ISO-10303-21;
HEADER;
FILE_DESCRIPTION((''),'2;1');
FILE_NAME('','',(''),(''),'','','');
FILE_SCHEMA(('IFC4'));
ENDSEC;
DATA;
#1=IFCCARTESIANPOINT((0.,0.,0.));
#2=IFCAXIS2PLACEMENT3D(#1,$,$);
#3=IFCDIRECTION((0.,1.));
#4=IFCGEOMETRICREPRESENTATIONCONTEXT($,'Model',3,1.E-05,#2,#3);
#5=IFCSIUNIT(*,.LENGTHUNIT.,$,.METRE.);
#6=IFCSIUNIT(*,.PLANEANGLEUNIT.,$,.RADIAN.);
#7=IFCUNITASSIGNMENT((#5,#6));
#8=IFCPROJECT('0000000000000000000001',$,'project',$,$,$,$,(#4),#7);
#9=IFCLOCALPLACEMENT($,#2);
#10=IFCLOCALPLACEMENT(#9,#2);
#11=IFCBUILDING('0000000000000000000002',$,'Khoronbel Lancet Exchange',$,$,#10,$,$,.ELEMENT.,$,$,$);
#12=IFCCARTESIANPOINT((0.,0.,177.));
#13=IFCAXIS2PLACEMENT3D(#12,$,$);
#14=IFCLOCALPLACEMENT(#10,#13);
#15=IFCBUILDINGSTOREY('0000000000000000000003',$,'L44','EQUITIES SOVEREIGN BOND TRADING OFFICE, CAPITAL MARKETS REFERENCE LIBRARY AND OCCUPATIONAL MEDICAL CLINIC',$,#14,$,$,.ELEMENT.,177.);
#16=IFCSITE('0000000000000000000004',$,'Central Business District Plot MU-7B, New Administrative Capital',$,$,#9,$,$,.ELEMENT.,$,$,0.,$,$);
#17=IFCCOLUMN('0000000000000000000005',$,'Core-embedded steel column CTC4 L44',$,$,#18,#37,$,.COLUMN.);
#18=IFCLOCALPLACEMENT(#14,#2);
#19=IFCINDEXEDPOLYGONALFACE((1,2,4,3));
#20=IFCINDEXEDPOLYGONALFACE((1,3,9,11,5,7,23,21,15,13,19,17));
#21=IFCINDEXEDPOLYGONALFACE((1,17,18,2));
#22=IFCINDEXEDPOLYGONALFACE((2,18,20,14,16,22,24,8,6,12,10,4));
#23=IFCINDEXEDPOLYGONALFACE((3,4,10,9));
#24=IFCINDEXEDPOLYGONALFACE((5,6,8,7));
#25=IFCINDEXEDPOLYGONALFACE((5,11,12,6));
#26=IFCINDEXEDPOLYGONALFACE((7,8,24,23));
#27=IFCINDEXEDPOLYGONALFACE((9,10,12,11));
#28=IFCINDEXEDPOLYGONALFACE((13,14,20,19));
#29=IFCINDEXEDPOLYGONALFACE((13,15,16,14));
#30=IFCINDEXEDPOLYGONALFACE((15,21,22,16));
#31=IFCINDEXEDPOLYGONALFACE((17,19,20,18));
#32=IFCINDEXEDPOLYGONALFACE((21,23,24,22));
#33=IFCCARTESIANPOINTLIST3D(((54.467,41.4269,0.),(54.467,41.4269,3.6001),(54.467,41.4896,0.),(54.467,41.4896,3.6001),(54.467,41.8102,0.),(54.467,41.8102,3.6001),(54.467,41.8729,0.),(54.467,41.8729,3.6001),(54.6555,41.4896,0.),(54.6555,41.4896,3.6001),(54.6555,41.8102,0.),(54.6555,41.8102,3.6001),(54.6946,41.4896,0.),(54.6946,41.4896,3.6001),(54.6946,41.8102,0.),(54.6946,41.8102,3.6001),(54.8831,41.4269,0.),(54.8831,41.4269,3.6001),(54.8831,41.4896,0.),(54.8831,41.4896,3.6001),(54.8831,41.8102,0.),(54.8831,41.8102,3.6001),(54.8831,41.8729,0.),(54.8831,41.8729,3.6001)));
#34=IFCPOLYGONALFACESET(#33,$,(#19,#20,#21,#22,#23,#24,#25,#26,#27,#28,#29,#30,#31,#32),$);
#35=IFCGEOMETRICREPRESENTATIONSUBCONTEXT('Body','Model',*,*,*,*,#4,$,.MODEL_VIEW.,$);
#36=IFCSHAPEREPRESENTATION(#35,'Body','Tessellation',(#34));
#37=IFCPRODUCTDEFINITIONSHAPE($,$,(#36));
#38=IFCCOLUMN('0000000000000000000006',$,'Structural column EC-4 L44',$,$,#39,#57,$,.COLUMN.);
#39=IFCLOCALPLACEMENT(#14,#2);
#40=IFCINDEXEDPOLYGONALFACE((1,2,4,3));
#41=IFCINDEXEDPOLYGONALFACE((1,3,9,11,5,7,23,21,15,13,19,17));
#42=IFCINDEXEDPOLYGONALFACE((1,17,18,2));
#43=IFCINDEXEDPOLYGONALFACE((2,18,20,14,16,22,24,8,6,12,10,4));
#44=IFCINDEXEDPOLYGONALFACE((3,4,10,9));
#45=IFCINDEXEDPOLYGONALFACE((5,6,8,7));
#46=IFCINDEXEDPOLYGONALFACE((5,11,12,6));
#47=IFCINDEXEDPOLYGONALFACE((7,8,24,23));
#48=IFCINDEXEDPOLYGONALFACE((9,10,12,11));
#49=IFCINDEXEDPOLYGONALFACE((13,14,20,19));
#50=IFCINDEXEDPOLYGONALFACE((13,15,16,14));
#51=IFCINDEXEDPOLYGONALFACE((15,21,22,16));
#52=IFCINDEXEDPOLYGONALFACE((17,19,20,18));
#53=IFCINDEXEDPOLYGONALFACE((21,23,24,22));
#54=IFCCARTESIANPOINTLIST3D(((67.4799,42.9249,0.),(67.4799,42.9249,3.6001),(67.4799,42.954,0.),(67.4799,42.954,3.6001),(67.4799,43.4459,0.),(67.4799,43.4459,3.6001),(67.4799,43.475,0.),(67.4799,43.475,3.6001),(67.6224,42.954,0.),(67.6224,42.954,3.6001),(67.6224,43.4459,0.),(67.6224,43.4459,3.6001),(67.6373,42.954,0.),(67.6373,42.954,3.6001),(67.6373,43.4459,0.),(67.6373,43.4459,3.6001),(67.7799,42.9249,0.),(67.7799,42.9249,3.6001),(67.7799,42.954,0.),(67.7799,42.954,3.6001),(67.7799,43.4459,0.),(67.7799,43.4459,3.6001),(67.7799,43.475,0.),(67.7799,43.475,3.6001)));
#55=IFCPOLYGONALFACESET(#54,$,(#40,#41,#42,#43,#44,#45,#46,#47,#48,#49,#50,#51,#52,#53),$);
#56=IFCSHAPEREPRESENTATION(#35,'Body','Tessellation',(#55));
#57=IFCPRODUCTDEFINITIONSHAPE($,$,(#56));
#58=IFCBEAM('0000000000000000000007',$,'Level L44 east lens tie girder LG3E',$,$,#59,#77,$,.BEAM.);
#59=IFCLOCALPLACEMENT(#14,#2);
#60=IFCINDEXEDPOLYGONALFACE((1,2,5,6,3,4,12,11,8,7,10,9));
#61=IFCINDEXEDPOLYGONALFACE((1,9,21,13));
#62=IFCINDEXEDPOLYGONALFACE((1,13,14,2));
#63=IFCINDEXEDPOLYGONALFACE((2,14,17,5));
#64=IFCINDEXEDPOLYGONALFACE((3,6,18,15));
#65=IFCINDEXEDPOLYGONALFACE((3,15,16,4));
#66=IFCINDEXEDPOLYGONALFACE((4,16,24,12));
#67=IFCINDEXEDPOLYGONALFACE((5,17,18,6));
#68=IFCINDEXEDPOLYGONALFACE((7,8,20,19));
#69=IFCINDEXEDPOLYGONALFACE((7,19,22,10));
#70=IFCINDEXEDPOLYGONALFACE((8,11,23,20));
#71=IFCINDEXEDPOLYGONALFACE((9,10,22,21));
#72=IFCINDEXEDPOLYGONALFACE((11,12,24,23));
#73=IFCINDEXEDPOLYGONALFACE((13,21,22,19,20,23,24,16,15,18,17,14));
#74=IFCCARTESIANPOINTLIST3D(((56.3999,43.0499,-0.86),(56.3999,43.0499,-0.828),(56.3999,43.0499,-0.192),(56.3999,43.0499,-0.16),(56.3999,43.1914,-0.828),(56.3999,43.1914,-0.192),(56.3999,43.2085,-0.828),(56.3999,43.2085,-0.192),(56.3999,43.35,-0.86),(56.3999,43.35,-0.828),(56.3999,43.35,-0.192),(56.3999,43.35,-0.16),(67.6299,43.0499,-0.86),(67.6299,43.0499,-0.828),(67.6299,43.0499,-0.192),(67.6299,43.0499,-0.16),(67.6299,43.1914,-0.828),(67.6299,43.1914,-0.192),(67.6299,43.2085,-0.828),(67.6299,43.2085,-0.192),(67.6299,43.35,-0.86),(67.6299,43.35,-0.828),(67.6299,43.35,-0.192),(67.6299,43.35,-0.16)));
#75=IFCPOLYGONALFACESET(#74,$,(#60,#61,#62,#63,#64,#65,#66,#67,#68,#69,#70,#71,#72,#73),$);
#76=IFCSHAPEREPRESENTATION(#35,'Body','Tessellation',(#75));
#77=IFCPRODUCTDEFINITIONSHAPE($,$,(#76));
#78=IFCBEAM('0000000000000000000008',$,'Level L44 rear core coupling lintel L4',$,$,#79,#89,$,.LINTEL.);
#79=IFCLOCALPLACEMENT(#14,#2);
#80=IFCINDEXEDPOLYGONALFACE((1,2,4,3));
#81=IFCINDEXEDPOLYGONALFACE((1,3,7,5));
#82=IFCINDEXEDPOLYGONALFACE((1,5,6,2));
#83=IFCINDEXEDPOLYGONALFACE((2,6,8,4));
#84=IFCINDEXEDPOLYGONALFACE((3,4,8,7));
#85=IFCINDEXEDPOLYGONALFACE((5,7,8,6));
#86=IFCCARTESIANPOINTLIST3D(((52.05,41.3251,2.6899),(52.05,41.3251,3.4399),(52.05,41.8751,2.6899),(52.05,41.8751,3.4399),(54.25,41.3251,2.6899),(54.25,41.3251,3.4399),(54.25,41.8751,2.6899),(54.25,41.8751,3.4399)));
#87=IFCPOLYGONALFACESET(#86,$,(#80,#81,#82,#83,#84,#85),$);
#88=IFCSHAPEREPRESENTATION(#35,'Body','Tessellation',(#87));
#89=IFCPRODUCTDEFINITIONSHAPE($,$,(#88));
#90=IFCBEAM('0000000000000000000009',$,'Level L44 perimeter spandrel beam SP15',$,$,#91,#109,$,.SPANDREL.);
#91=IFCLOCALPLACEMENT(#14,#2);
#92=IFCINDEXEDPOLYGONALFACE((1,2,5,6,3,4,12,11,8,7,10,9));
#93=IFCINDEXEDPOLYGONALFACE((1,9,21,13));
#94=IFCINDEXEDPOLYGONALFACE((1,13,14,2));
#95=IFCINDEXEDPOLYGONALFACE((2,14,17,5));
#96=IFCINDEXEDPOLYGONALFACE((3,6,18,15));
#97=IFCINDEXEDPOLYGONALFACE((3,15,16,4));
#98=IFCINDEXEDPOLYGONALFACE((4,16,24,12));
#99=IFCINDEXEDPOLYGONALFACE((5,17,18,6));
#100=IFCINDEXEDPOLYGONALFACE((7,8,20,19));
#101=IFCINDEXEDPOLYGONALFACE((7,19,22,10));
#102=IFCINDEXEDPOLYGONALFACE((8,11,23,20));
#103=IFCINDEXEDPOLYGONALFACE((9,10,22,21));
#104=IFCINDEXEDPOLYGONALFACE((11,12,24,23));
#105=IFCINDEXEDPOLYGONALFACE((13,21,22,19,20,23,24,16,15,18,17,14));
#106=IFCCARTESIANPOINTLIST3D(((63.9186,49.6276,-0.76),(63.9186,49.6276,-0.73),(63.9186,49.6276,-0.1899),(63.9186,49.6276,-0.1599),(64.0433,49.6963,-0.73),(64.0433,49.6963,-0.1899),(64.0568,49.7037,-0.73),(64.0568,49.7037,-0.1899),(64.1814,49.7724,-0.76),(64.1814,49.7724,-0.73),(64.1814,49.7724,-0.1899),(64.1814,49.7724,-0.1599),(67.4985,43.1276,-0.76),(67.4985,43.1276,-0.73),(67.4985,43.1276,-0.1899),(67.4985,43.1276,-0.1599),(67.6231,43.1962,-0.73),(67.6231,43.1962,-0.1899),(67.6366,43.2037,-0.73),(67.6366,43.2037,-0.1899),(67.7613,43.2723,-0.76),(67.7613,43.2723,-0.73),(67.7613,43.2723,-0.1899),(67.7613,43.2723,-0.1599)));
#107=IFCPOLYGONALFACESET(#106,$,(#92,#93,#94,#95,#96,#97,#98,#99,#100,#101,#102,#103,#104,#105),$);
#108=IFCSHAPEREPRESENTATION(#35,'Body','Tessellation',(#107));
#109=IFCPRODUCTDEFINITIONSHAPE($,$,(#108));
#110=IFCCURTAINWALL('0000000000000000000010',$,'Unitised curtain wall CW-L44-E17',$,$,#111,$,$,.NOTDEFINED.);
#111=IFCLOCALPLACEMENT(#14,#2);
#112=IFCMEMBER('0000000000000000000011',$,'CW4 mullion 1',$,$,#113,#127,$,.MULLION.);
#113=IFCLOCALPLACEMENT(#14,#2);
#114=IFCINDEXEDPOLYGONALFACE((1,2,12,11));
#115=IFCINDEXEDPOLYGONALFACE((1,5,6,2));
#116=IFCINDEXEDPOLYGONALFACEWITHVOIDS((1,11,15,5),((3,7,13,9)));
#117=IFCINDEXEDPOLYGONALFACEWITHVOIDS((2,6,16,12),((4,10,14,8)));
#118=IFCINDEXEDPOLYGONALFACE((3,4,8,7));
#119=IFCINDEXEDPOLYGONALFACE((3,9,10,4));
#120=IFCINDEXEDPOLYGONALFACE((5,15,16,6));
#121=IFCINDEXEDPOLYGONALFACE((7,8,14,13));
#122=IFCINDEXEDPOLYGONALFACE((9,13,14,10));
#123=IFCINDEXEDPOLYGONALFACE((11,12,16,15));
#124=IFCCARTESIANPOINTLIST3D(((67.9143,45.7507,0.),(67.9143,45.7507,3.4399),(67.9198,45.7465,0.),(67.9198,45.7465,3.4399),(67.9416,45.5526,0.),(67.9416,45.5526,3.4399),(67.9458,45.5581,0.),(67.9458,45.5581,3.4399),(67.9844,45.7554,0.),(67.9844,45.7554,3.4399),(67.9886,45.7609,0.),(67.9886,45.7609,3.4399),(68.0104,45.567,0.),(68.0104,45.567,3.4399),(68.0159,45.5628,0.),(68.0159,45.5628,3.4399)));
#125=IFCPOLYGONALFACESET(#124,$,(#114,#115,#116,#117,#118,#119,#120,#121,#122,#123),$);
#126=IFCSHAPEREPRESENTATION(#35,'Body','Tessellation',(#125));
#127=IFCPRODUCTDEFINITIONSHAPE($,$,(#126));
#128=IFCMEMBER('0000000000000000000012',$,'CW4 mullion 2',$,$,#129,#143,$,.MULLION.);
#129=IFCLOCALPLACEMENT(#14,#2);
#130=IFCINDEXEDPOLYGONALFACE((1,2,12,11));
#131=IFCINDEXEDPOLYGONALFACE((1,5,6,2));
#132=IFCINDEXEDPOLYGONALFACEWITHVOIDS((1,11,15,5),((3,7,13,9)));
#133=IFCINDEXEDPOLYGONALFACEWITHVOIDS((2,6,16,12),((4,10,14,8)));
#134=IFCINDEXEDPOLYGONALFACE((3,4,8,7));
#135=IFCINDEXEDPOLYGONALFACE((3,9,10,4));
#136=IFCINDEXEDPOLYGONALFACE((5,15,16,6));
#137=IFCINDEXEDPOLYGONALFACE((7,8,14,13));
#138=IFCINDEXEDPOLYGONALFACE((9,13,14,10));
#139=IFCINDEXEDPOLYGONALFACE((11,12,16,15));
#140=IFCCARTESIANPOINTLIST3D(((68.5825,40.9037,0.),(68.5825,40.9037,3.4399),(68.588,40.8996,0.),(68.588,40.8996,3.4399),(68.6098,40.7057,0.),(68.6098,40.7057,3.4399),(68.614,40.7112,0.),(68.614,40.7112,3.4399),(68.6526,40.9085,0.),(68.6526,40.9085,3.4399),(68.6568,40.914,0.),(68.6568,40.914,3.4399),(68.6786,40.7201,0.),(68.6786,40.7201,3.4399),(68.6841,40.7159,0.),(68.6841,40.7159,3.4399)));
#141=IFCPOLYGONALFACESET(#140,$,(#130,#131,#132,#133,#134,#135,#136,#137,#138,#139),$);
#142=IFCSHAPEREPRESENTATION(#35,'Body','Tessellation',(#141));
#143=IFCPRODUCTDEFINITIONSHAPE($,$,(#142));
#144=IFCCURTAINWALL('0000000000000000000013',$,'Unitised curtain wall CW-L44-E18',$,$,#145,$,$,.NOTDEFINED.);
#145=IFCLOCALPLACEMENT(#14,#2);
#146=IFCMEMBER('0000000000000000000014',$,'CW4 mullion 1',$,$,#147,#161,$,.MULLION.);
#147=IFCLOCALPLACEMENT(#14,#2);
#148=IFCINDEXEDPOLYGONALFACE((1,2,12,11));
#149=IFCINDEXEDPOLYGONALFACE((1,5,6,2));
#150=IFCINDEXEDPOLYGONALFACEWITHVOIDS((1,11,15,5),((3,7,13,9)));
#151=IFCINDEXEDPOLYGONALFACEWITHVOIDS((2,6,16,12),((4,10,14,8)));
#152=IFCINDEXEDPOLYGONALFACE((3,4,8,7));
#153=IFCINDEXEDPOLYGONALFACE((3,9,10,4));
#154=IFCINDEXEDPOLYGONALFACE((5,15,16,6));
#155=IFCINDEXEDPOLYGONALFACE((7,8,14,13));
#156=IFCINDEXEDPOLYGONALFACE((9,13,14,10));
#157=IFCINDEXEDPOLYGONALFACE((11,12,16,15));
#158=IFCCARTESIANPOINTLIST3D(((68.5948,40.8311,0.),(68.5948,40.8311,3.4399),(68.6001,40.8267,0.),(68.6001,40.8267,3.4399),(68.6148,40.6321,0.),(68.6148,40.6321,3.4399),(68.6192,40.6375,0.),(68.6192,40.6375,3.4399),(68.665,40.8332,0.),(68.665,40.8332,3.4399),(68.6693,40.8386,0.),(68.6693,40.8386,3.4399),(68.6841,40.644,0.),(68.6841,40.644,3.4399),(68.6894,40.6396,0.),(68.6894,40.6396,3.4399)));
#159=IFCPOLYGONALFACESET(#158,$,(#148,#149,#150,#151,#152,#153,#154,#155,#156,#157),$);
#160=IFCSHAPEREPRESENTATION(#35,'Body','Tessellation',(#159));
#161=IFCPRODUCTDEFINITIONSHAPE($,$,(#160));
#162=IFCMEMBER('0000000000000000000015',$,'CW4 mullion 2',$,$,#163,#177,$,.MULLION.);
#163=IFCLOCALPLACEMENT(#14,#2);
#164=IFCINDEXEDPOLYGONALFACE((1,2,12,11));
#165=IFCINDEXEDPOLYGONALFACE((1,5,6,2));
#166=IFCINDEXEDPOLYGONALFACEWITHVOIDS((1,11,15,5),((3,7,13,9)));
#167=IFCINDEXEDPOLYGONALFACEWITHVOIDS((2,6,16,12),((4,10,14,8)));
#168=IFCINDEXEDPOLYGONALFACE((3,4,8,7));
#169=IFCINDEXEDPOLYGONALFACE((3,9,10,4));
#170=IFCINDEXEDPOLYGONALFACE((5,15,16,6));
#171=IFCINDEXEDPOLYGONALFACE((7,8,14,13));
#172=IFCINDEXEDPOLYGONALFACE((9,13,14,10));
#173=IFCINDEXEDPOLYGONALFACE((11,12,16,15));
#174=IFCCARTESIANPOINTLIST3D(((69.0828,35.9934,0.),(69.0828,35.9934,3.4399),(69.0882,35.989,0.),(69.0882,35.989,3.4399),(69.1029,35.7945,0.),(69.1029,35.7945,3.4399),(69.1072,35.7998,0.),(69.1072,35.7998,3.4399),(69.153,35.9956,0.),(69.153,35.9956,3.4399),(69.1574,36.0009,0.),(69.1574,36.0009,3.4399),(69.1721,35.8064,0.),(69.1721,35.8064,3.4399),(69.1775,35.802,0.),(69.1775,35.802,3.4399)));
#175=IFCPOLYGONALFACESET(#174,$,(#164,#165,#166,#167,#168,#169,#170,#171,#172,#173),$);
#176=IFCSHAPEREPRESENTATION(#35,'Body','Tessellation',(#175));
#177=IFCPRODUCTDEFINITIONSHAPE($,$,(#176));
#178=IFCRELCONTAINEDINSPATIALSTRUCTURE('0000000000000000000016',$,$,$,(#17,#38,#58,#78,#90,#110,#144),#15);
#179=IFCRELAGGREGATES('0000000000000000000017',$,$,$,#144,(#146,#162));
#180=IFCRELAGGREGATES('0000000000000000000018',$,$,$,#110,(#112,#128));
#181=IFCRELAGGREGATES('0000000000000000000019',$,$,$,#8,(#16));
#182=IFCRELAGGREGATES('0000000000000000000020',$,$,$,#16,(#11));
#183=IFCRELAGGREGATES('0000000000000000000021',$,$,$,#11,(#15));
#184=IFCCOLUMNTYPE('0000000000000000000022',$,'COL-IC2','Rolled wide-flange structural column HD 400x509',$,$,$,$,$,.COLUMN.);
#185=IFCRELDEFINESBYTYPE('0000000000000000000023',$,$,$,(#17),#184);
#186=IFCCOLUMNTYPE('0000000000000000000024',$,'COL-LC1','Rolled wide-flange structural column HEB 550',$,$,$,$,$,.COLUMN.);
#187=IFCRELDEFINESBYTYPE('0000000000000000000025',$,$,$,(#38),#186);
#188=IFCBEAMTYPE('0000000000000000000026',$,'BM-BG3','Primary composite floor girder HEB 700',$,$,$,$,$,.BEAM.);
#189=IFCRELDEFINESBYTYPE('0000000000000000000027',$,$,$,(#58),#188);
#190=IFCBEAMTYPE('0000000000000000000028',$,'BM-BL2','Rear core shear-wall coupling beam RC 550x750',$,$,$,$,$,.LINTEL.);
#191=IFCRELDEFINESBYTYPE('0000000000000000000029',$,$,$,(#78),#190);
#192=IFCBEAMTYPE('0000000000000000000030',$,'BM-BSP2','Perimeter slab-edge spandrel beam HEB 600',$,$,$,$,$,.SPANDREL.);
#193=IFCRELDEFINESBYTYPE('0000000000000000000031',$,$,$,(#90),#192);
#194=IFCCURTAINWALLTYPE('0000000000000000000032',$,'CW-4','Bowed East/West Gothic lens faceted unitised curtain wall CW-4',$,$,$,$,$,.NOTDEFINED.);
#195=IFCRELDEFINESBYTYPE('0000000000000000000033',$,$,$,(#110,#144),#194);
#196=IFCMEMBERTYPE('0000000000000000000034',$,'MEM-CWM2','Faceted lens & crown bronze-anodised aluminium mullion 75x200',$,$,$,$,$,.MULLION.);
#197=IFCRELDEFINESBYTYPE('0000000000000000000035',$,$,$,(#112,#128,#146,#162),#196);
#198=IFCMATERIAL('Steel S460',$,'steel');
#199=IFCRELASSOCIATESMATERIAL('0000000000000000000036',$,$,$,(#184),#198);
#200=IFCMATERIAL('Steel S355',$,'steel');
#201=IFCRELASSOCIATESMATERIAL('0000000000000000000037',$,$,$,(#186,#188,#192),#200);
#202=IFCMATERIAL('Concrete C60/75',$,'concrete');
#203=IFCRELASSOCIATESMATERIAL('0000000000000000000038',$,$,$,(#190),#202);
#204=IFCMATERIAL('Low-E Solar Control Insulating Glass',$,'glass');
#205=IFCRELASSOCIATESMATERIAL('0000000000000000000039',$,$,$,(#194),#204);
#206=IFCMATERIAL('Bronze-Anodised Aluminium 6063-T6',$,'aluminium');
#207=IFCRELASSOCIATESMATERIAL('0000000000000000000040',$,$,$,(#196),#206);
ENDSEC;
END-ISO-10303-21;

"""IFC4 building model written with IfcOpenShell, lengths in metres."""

from ifc_helpers import new_model, si_unit, direction, frame, origin, origin_2d, place, context, subcontext, project, spatial, rectangle, hollow_rectangle, i_section, extrude, material, material_profile, profile_set, type_object, element, aggregate, save


model = new_model("IFC4")

# Units and contexts
model_context = context("Model", 3, precision=1e-05, world=origin(), true_north=direction((0.0, 1.0)))
body_context = subcontext(model_context, "Body", "Model", "MODEL_VIEW")
ifc_project = project(units=[si_unit("LENGTHUNIT", "METRE"), si_unit("PLANEANGLEUNIT", "RADIAN")], contexts=[model_context])

# Site, building, storey
site_placement = place(None, origin())
site = spatial("IfcSite", under=ifc_project, at=site_placement, Name="Central Business District Plot MU-7B, New Administrative Capital", CompositionType="ELEMENT", RefElevation=0.0)
building_placement = place(site_placement, origin())
building = spatial("IfcBuilding", under=site, at=building_placement, Name="Khoronbel Lancet Exchange", CompositionType="ELEMENT")
storey_placement = place(building_placement, frame((0.0, 0.0, 177.0)))
storey = spatial("IfcBuildingStorey", under=building, at=storey_placement, Name="L44", Description="EQUITIES SOVEREIGN BOND TRADING OFFICE, CAPITAL MARKETS REFERENCE LIBRARY AND OCCUPATIONAL MEDICAL CLINIC", CompositionType="ELEMENT", Elevation=177.0)

# Columns
ifc_material_1 = material(Name="Steel S460", Category="steel")
ifc_material_profile_1 = material_profile(ifc_material_1, i_section(OverallWidth=0.416, OverallDepth=0.446, WebThickness=0.0391, FlangeThickness=0.0627, at=origin_2d()), Name="HD 400x509")
ifc_profile_set_1 = profile_set([ifc_material_profile_1], Name="Steel S460")
column_type_1 = type_object("IfcColumnType", Name="COL-IC2", Description="Rolled wide-flange structural column HD 400x509", PredefinedType="COLUMN", material=ifc_profile_set_1)
column_1_placement = place(storey_placement, frame((54.675, 41.6499, 0.0), z_axis=(0.0, 0.0, 1.0), x_axis=(1.0, 0.0, 0.0)))
element("IfcColumn", 1, at=column_1_placement, inside=storey, type_object=column_type_1, Name="Core-embedded steel column CTC4 L44", PredefinedType="COLUMN", context=body_context, shape_type="SweptSolid", body=[
    extrude(i_section(OverallWidth=0.416, OverallDepth=0.446, WebThickness=0.0391, FlangeThickness=0.0627, at=origin_2d()), origin(), (0.0, 0.0, 1.0), 3.6001),
])
ifc_material_2 = material(Name="Steel S355", Category="steel")
ifc_material_profile_2 = material_profile(ifc_material_2, i_section(OverallWidth=0.3, OverallDepth=0.55, WebThickness=0.0149, FlangeThickness=0.0291, at=origin_2d()), Name="HEB 550")
ifc_profile_set_2 = profile_set([ifc_material_profile_2], Name="Steel S355")
column_type_2 = type_object("IfcColumnType", Name="COL-LC1", Description="Rolled wide-flange structural column HEB 550", PredefinedType="COLUMN", material=ifc_profile_set_2)
column_2_placement = place(storey_placement, frame((67.6299, 43.2, 0.0), z_axis=(0.0, 0.0, 1.0), x_axis=(1.0, 0.0, 0.0)))
element("IfcColumn", 2, at=column_2_placement, inside=storey, type_object=column_type_2, Name="Structural column EC-4 L44", PredefinedType="COLUMN", context=body_context, shape_type="SweptSolid", body=[
    extrude(i_section(OverallWidth=0.3, OverallDepth=0.55, WebThickness=0.0149, FlangeThickness=0.0291, at=origin_2d()), origin(), (0.0, 0.0, 1.0), 3.6001),
])

# Beams
ifc_material_profile_3 = material_profile(ifc_material_2, i_section(OverallWidth=0.3, OverallDepth=0.7, WebThickness=0.0171, FlangeThickness=0.032, at=origin_2d()), Name="HEB 700")
ifc_profile_set_3 = profile_set([ifc_material_profile_3], Name="Steel S355")
beam_type_1 = type_object("IfcBeamType", Name="BM-BG3", Description="Primary composite floor girder HEB 700", PredefinedType="BEAM", material=ifc_profile_set_3)
beam_1_placement = place(storey_placement, frame((56.3999, 43.2, -0.51), z_axis=(1.0, 0.0, 0.0), x_axis=(0.0, 1.0, 0.0)))
element("IfcBeam", 3, at=beam_1_placement, inside=storey, type_object=beam_type_1, Name="Level L44 east lens tie girder LG3E", PredefinedType="BEAM", context=body_context, shape_type="SweptSolid", body=[
    extrude(i_section(OverallWidth=0.3, OverallDepth=0.7, WebThickness=0.0171, FlangeThickness=0.032, at=origin_2d()), origin(), (0.0, 0.0, 1.0), 11.23),
])
ifc_material_3 = material(Name="Concrete C60/75", Category="concrete")
ifc_material_profile_4 = material_profile(ifc_material_3, rectangle(XDim=0.55, YDim=0.75, at=origin_2d()), Name="RC 550x750")
ifc_profile_set_4 = profile_set([ifc_material_profile_4], Name="Concrete C60/75")
beam_type_2 = type_object("IfcBeamType", Name="BM-BL2", Description="Rear core shear-wall coupling beam RC 550x750", PredefinedType="LINTEL", material=ifc_profile_set_4)
beam_2_placement = place(storey_placement, frame((52.05, 41.6001, 3.0649), z_axis=(1.0, 0.0, 0.0), x_axis=(0.0, 1.0, 0.0)))
element("IfcBeam", 4, at=beam_2_placement, inside=storey, type_object=beam_type_2, Name="Level L44 rear core coupling lintel L4", PredefinedType="LINTEL", context=body_context, shape_type="SweptSolid", body=[
    extrude(rectangle(XDim=0.55, YDim=0.75, at=origin_2d()), origin(), (0.0, 0.0, 1.0), 2.2),
])
ifc_material_profile_5 = material_profile(ifc_material_2, i_section(OverallWidth=0.3, OverallDepth=0.6001, WebThickness=0.0154, FlangeThickness=0.03, at=origin_2d()), Name="HEB 600")
ifc_profile_set_5 = profile_set([ifc_material_profile_5], Name="Steel S355")
beam_type_3 = type_object("IfcBeamType", Name="BM-BSP2", Description="Perimeter slab-edge spandrel beam HEB 600", PredefinedType="SPANDREL", material=ifc_profile_set_5)
beam_3_placement = place(storey_placement, frame((67.6299, 43.2, -0.46), z_axis=(-0.482419, 0.875941, 0.0), x_axis=(-0.875941, -0.482419, 0.0)))
element("IfcBeam", 5, at=beam_3_placement, inside=storey, type_object=beam_type_3, Name="Level L44 perimeter spandrel beam SP15", PredefinedType="SPANDREL", context=body_context, shape_type="SweptSolid", body=[
    extrude(i_section(OverallWidth=0.3, OverallDepth=0.6001, WebThickness=0.0154, FlangeThickness=0.03, at=origin_2d()), origin(), (0.0, 0.0, 1.0), 7.4207),
])

# Curtain walls, members
ifc_material_4 = material(Name="Low-E Solar Control Insulating Glass", Category="glass")
curtain_wall_type = type_object("IfcCurtainWallType", Name="CW-4", Description="Bowed East/West Gothic lens faceted unitised curtain wall CW-4", PredefinedType="NOTDEFINED", material=ifc_material_4)
curtain_wall_1_placement = place(storey_placement, origin())
curtain_wall_1 = element("IfcCurtainWall", 6, at=curtain_wall_1_placement, inside=storey, type_object=curtain_wall_type, Name="Unitised curtain wall CW-L44-E17", PredefinedType="NOTDEFINED")
ifc_material_5 = material(Name="Bronze-Anodised Aluminium 6063-T6", Category="aluminium")
ifc_material_profile_6 = material_profile(ifc_material_5, hollow_rectangle(XDim=0.075, YDim=0.2, WallThickness=0.0049, at=origin_2d()), Name="ALU MULLION 75x200")
ifc_profile_set_6 = profile_set([ifc_material_profile_6], Name="Bronze-Anodised Aluminium 6063-T6")
member_type_1 = type_object("IfcMemberType", Name="MEM-CWM2", Description="Faceted lens & crown bronze-anodised aluminium mullion 75x200", PredefinedType="MULLION", material=ifc_profile_set_6)
member_1_placement = place(storey_placement, frame((67.9651, 45.6567, 0.0), z_axis=(0.0, 0.0, 1.0), x_axis=(0.990634, 0.136541, 0.0)))
member_1 = element("IfcMember", 7, at=member_1_placement, type_object=member_type_1, Name="CW4 mullion 1", PredefinedType="MULLION", context=body_context, shape_type="SweptSolid", body=[
    extrude(hollow_rectangle(XDim=0.075, YDim=0.2, WallThickness=0.0049, at=origin_2d()), origin(), (0.0, 0.0, 1.0), 3.4399),
])
member_2_placement = place(storey_placement, frame((68.6333, 40.8098, 0.0), z_axis=(0.0, 0.0, 1.0), x_axis=(0.990634, 0.136541, 0.0)))
member_2 = element("IfcMember", 8, at=member_2_placement, type_object=member_type_1, Name="CW4 mullion 2", PredefinedType="MULLION", context=body_context, shape_type="SweptSolid", body=[
    extrude(hollow_rectangle(XDim=0.075, YDim=0.2, WallThickness=0.0049, at=origin_2d()), origin(), (0.0, 0.0, 1.0), 3.4399),
])
curtain_wall_2_placement = place(storey_placement, origin())
curtain_wall_2 = element("IfcCurtainWall", 9, at=curtain_wall_2_placement, inside=storey, type_object=curtain_wall_type, Name="Unitised curtain wall CW-L44-E18", PredefinedType="NOTDEFINED")
member_3_placement = place(storey_placement, frame((68.6421, 40.7354, 0.0), z_axis=(0.0, 0.0, 1.0), x_axis=(0.994947, 0.100404, 0.0)))
member_3 = element("IfcMember", 10, at=member_3_placement, type_object=member_type_1, Name="CW4 mullion 1", PredefinedType="MULLION", context=body_context, shape_type="SweptSolid", body=[
    extrude(hollow_rectangle(XDim=0.075, YDim=0.2, WallThickness=0.0049, at=origin_2d()), origin(), (0.0, 0.0, 1.0), 3.4399),
])
member_4_placement = place(storey_placement, frame((69.1301, 35.8977, 0.0), z_axis=(0.0, 0.0, 1.0), x_axis=(0.994947, 0.100404, 0.0)))
member_4 = element("IfcMember", 11, at=member_4_placement, type_object=member_type_1, Name="CW4 mullion 2", PredefinedType="MULLION", context=body_context, shape_type="SweptSolid", body=[
    extrude(hollow_rectangle(XDim=0.075, YDim=0.2, WallThickness=0.0049, at=origin_2d()), origin(), (0.0, 0.0, 1.0), 3.4399),
])

aggregate(curtain_wall_2, [member_3, member_4])
aggregate(curtain_wall_1, [member_1, member_2])

save(model, "model.ifc")
